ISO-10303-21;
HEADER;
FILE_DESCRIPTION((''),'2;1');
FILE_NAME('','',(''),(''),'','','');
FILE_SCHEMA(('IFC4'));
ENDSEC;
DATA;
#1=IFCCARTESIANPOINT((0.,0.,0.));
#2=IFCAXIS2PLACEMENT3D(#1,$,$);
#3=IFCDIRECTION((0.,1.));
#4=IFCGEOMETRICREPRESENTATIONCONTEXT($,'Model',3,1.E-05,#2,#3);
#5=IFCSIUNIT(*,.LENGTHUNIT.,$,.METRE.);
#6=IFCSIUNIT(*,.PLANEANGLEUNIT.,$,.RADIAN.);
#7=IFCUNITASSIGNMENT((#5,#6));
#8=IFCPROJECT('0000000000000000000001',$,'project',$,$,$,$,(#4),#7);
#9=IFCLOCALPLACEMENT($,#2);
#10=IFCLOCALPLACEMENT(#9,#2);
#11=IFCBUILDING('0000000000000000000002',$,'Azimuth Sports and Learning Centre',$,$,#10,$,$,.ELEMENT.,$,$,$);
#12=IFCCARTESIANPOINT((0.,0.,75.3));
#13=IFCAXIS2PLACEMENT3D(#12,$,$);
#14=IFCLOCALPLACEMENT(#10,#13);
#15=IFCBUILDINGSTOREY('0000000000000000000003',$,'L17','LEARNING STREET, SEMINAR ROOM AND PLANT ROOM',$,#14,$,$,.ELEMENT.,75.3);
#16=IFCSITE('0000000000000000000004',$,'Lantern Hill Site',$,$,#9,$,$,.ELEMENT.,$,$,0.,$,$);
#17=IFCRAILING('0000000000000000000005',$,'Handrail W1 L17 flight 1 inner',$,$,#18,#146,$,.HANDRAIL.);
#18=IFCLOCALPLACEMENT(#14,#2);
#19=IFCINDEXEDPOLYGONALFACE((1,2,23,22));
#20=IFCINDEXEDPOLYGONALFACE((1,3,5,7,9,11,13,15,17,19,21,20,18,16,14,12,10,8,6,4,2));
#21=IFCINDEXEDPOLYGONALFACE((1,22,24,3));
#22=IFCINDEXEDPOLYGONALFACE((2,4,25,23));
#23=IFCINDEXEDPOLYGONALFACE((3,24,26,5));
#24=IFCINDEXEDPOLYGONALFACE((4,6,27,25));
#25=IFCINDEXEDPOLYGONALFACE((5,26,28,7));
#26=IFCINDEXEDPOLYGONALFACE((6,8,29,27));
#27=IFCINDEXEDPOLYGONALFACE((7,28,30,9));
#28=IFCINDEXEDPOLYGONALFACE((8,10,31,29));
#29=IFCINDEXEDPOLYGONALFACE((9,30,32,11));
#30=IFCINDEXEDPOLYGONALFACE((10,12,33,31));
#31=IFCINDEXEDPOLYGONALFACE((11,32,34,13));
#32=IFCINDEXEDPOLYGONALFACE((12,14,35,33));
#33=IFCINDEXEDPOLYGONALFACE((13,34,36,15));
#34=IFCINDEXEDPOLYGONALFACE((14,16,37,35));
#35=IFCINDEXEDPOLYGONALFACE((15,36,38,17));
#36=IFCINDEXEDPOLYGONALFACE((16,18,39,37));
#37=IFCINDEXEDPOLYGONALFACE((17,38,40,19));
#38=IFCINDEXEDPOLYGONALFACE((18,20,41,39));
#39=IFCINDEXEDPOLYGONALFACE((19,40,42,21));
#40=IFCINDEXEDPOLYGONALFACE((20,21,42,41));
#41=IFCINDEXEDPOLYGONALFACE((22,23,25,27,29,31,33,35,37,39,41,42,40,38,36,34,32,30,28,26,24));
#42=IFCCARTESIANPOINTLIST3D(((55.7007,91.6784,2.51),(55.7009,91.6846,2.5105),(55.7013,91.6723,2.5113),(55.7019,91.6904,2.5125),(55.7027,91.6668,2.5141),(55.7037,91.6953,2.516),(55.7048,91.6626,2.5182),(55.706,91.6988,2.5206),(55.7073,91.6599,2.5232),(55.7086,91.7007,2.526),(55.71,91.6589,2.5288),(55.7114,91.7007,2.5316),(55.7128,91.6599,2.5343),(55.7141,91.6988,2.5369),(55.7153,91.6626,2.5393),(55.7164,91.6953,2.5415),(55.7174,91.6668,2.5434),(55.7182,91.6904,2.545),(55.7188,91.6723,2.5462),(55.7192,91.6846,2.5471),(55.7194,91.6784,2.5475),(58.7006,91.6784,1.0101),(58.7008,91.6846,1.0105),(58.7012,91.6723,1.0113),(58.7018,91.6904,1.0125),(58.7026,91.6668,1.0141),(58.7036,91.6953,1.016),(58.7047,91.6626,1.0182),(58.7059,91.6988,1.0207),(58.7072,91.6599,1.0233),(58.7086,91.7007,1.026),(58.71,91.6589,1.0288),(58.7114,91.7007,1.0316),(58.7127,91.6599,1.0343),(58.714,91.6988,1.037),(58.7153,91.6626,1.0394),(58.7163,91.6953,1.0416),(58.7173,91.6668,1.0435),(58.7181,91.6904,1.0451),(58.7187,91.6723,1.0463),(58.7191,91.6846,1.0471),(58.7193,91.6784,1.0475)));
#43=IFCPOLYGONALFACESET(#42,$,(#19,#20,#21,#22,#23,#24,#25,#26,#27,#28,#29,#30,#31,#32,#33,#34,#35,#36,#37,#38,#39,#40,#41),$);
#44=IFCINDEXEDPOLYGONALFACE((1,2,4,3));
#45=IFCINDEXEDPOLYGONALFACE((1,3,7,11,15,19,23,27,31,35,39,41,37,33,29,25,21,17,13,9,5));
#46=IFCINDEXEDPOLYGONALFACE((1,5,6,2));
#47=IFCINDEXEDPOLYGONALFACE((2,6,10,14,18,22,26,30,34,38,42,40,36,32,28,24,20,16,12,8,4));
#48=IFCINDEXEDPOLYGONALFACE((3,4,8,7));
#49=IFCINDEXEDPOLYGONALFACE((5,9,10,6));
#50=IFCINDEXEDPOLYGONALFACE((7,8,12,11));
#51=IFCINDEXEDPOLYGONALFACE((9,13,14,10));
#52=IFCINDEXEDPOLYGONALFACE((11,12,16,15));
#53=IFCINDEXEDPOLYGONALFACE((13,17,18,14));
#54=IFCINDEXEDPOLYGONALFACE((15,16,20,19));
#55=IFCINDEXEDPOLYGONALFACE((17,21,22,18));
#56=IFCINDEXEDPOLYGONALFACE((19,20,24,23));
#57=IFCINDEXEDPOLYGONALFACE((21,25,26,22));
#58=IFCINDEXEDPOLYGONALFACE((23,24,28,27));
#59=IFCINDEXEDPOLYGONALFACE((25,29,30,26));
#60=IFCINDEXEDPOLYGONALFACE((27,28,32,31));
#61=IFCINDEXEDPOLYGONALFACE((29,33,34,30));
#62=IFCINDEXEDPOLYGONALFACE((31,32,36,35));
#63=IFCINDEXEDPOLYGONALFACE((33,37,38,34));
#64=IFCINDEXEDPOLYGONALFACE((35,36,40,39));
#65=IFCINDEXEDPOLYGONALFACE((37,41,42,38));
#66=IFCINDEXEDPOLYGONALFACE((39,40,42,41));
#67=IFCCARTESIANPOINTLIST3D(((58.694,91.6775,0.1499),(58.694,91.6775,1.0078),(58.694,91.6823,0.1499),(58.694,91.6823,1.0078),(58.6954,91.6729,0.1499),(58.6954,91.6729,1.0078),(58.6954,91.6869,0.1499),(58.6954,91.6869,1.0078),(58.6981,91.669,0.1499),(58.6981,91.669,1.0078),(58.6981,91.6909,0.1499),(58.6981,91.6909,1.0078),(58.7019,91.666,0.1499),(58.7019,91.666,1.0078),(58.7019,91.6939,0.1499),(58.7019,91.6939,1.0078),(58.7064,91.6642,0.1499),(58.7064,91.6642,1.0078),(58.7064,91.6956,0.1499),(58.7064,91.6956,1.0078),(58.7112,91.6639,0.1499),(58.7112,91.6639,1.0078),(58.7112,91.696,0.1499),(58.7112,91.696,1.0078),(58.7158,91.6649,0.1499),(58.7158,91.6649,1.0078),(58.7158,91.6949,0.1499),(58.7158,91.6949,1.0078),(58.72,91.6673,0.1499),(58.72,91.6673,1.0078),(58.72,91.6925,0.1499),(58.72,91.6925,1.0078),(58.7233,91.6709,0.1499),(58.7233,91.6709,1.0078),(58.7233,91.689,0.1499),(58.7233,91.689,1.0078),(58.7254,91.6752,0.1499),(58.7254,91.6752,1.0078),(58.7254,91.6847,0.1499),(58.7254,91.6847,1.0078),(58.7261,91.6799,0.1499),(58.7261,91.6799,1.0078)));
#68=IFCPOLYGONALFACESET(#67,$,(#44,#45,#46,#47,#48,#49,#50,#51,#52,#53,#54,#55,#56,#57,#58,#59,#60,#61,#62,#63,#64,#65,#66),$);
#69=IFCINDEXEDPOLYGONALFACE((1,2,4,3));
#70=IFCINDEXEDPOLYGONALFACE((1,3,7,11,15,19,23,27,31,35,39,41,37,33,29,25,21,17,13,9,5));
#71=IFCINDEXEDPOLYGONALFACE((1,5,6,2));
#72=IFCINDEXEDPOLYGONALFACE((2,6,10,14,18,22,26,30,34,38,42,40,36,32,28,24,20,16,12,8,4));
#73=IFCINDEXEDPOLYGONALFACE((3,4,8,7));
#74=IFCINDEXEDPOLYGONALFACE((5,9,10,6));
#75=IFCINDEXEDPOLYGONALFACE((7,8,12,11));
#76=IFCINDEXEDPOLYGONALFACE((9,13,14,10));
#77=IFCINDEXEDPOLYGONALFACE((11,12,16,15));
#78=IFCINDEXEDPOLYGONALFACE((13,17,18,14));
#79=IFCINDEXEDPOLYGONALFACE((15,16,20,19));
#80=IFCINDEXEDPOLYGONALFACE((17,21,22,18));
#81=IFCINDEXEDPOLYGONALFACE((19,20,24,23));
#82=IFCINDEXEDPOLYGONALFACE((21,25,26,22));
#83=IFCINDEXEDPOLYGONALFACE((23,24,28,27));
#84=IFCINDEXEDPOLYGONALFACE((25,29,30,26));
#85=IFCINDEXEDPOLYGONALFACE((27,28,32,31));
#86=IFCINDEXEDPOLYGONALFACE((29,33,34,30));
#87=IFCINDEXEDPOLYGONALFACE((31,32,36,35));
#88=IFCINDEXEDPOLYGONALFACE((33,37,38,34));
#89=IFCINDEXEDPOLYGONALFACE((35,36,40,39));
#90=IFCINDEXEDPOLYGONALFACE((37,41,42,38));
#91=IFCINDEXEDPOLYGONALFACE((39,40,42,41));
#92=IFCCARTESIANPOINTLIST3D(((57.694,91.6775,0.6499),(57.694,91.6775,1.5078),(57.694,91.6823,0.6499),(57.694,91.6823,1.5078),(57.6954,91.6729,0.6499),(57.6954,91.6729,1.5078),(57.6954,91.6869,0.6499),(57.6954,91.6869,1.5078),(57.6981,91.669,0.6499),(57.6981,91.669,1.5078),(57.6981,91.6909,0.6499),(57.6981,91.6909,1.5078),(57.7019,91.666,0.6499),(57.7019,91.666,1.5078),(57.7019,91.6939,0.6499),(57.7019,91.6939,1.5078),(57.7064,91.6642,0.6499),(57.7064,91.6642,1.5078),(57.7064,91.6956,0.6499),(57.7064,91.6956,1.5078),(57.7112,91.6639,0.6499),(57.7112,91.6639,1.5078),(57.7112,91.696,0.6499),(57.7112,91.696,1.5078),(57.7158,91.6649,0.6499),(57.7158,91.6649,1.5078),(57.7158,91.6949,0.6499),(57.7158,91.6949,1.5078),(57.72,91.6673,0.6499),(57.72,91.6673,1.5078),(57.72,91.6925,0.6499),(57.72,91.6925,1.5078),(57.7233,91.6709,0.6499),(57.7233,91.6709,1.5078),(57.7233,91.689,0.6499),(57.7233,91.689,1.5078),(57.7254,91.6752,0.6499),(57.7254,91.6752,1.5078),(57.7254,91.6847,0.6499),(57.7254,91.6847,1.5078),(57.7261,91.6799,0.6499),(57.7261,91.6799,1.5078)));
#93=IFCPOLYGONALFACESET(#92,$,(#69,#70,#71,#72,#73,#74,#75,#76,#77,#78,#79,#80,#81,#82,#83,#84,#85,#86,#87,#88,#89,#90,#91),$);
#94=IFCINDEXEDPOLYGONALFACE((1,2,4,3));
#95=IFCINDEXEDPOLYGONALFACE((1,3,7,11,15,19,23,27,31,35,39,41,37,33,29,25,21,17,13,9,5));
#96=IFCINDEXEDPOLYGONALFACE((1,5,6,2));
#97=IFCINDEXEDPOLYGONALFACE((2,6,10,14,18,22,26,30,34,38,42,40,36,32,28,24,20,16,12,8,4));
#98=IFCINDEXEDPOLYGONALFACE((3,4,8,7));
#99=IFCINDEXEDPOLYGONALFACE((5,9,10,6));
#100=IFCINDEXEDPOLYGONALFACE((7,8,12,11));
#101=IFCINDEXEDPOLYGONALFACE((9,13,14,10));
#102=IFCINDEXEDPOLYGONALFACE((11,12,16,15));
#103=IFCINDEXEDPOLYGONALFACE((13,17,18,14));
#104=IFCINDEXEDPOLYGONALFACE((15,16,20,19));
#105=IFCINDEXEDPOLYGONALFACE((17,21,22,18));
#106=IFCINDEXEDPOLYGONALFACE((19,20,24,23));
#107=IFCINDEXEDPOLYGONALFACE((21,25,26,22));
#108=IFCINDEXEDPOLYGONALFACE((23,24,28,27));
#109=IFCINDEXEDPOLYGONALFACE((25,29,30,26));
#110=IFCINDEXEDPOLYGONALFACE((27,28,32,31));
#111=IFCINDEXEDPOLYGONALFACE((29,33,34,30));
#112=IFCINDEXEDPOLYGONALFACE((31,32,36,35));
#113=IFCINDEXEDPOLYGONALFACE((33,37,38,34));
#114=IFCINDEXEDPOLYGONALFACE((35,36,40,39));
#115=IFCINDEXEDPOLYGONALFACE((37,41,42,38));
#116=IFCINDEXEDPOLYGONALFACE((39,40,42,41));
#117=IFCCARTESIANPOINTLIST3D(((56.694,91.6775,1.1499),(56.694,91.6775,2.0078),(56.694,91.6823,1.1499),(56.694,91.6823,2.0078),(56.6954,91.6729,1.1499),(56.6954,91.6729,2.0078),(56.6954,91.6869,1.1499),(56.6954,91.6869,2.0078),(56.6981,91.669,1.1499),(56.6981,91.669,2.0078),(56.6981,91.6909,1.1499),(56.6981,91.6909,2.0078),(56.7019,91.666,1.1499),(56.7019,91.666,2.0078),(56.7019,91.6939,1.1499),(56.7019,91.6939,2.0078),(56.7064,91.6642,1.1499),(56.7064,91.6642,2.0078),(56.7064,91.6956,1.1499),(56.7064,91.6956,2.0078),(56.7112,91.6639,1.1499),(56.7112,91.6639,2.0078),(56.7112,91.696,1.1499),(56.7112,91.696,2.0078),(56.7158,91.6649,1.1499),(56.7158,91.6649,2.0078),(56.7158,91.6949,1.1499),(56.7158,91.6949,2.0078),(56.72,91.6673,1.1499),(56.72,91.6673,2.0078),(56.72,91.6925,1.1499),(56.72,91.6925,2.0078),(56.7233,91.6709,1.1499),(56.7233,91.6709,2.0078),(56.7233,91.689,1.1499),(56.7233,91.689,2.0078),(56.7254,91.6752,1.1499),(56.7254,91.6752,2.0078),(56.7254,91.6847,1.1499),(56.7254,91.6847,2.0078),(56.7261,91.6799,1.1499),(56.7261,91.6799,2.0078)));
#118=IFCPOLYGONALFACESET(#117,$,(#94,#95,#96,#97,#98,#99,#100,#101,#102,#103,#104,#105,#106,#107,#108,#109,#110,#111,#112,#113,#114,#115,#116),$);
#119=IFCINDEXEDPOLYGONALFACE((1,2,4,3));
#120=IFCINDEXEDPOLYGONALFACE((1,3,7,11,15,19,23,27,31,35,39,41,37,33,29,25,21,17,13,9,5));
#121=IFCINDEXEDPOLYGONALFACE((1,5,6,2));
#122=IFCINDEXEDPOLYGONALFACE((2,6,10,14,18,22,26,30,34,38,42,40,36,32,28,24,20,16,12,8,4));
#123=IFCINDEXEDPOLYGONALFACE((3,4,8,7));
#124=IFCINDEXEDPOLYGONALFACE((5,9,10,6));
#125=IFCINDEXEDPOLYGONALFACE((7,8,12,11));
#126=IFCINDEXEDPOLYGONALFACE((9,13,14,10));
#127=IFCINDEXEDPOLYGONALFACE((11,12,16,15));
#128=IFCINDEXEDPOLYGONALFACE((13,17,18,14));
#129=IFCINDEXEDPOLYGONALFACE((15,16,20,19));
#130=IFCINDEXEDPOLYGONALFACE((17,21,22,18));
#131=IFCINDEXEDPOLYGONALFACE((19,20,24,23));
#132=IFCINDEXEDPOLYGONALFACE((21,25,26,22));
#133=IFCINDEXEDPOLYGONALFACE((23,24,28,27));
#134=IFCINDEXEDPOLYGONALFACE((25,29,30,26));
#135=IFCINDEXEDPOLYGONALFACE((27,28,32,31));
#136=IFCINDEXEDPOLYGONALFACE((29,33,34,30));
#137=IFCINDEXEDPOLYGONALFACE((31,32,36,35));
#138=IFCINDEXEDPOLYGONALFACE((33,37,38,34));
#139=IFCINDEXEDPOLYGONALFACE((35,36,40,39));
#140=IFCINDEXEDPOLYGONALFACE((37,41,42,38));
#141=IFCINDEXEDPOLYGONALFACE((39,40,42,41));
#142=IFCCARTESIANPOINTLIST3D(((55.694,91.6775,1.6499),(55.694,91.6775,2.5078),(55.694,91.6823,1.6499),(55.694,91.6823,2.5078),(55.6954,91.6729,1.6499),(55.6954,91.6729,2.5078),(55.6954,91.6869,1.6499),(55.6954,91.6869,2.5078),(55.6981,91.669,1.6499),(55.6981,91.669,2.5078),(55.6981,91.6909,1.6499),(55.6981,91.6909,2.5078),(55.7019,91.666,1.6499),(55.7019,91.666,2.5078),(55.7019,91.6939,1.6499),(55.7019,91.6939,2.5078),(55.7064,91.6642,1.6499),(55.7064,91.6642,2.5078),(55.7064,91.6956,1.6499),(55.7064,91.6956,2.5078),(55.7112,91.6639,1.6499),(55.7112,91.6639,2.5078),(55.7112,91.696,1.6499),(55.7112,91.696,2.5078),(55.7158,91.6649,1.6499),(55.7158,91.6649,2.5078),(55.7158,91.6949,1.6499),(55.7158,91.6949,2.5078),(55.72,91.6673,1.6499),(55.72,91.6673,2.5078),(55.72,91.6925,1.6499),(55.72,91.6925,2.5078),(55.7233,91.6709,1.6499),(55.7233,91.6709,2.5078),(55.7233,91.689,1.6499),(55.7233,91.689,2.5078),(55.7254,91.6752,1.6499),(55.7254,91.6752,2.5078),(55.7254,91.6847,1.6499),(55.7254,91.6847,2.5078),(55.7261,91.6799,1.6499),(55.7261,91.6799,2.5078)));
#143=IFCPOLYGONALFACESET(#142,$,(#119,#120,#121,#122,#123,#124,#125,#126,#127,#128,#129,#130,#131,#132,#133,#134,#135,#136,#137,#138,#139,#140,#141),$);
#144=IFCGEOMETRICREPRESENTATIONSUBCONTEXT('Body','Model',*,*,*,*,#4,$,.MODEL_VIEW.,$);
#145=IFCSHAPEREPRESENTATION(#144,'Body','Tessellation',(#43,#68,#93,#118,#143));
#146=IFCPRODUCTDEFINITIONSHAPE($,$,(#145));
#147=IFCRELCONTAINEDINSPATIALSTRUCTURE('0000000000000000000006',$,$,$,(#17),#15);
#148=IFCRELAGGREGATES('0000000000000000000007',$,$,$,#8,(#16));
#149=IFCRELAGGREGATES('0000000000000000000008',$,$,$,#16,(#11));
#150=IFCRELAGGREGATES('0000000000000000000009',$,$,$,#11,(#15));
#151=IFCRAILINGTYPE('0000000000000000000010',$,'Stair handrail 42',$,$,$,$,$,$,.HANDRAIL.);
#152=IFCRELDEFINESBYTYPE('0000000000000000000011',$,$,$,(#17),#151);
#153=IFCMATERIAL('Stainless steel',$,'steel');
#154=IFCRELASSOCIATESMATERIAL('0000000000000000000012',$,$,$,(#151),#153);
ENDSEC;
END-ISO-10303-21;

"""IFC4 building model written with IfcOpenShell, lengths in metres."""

from ifc_helpers import new_model, si_unit, direction, frame, origin, origin_2d, place, context, subcontext, project, spatial, circle, extrude, material, type_object, element, save


model = new_model("IFC4")

# Units and contexts
model_context = context("Model", 3, precision=1e-05, world=origin(), true_north=direction((0.0, 1.0)))
body_context = subcontext(model_context, "Body", "Model", "MODEL_VIEW")
ifc_project = project(units=[si_unit("LENGTHUNIT", "METRE"), si_unit("PLANEANGLEUNIT", "RADIAN")], contexts=[model_context])

# Site, building, storey
site_placement = place(None, origin())
site = spatial("IfcSite", under=ifc_project, at=site_placement, Name="Lantern Hill Site", CompositionType="ELEMENT", RefElevation=0.0)
building_placement = place(site_placement, origin())
building = spatial("IfcBuilding", under=site, at=building_placement, Name="Azimuth Sports and Learning Centre", CompositionType="ELEMENT")
storey_placement = place(building_placement, frame((0.0, 0.0, 75.3)))
storey = spatial("IfcBuildingStorey", under=building, at=storey_placement, Name="L17", Description="LEARNING STREET, SEMINAR ROOM AND PLANT ROOM", CompositionType="ELEMENT", Elevation=75.3)

# Railing
ifc_material_1 = material(Name="Stainless steel", Category="steel")
railing_type_1 = type_object("IfcRailingType", Name="Stair handrail 42", PredefinedType="HANDRAIL", material=ifc_material_1)
for number, where, name in (
    (1, (58.71, 91.6799, 0.1499), "Handrail W1 L17 flight 1 inner"),
):
    element("IfcRailing", number, at=place(storey_placement, frame(where)), inside=storey, type_object=railing_type_1, Name=name, PredefinedType="HANDRAIL", context=body_context, shape_type="SweptSolid", body=[
        extrude(circle(Radius=0.021, at=origin_2d()), frame((0.0, 0.0, 0.8789), z_axis=(-0.894427, 0.0, 0.447214), x_axis=(0.0, -1.0, 0.0)), (0.0, 0.0, 1.0), 3.354),
        extrude(circle(Radius=0.0161, at=origin_2d()), origin(), (0.0, 0.0, 1.0), 0.8579),
        extrude(circle(Radius=0.0161, at=origin_2d()), frame((-1.0, 0.0, 0.5)), (0.0, 0.0, 1.0), 0.8579),
        extrude(circle(Radius=0.0161, at=origin_2d()), frame((-2.0, 0.0, 1.0)), (0.0, 0.0, 1.0), 0.8579),
        extrude(circle(Radius=0.0161, at=origin_2d()), frame((-3.0, 0.0, 1.5)), (0.0, 0.0, 1.0), 0.8579),
    ])

save(model, "model.ifc")
